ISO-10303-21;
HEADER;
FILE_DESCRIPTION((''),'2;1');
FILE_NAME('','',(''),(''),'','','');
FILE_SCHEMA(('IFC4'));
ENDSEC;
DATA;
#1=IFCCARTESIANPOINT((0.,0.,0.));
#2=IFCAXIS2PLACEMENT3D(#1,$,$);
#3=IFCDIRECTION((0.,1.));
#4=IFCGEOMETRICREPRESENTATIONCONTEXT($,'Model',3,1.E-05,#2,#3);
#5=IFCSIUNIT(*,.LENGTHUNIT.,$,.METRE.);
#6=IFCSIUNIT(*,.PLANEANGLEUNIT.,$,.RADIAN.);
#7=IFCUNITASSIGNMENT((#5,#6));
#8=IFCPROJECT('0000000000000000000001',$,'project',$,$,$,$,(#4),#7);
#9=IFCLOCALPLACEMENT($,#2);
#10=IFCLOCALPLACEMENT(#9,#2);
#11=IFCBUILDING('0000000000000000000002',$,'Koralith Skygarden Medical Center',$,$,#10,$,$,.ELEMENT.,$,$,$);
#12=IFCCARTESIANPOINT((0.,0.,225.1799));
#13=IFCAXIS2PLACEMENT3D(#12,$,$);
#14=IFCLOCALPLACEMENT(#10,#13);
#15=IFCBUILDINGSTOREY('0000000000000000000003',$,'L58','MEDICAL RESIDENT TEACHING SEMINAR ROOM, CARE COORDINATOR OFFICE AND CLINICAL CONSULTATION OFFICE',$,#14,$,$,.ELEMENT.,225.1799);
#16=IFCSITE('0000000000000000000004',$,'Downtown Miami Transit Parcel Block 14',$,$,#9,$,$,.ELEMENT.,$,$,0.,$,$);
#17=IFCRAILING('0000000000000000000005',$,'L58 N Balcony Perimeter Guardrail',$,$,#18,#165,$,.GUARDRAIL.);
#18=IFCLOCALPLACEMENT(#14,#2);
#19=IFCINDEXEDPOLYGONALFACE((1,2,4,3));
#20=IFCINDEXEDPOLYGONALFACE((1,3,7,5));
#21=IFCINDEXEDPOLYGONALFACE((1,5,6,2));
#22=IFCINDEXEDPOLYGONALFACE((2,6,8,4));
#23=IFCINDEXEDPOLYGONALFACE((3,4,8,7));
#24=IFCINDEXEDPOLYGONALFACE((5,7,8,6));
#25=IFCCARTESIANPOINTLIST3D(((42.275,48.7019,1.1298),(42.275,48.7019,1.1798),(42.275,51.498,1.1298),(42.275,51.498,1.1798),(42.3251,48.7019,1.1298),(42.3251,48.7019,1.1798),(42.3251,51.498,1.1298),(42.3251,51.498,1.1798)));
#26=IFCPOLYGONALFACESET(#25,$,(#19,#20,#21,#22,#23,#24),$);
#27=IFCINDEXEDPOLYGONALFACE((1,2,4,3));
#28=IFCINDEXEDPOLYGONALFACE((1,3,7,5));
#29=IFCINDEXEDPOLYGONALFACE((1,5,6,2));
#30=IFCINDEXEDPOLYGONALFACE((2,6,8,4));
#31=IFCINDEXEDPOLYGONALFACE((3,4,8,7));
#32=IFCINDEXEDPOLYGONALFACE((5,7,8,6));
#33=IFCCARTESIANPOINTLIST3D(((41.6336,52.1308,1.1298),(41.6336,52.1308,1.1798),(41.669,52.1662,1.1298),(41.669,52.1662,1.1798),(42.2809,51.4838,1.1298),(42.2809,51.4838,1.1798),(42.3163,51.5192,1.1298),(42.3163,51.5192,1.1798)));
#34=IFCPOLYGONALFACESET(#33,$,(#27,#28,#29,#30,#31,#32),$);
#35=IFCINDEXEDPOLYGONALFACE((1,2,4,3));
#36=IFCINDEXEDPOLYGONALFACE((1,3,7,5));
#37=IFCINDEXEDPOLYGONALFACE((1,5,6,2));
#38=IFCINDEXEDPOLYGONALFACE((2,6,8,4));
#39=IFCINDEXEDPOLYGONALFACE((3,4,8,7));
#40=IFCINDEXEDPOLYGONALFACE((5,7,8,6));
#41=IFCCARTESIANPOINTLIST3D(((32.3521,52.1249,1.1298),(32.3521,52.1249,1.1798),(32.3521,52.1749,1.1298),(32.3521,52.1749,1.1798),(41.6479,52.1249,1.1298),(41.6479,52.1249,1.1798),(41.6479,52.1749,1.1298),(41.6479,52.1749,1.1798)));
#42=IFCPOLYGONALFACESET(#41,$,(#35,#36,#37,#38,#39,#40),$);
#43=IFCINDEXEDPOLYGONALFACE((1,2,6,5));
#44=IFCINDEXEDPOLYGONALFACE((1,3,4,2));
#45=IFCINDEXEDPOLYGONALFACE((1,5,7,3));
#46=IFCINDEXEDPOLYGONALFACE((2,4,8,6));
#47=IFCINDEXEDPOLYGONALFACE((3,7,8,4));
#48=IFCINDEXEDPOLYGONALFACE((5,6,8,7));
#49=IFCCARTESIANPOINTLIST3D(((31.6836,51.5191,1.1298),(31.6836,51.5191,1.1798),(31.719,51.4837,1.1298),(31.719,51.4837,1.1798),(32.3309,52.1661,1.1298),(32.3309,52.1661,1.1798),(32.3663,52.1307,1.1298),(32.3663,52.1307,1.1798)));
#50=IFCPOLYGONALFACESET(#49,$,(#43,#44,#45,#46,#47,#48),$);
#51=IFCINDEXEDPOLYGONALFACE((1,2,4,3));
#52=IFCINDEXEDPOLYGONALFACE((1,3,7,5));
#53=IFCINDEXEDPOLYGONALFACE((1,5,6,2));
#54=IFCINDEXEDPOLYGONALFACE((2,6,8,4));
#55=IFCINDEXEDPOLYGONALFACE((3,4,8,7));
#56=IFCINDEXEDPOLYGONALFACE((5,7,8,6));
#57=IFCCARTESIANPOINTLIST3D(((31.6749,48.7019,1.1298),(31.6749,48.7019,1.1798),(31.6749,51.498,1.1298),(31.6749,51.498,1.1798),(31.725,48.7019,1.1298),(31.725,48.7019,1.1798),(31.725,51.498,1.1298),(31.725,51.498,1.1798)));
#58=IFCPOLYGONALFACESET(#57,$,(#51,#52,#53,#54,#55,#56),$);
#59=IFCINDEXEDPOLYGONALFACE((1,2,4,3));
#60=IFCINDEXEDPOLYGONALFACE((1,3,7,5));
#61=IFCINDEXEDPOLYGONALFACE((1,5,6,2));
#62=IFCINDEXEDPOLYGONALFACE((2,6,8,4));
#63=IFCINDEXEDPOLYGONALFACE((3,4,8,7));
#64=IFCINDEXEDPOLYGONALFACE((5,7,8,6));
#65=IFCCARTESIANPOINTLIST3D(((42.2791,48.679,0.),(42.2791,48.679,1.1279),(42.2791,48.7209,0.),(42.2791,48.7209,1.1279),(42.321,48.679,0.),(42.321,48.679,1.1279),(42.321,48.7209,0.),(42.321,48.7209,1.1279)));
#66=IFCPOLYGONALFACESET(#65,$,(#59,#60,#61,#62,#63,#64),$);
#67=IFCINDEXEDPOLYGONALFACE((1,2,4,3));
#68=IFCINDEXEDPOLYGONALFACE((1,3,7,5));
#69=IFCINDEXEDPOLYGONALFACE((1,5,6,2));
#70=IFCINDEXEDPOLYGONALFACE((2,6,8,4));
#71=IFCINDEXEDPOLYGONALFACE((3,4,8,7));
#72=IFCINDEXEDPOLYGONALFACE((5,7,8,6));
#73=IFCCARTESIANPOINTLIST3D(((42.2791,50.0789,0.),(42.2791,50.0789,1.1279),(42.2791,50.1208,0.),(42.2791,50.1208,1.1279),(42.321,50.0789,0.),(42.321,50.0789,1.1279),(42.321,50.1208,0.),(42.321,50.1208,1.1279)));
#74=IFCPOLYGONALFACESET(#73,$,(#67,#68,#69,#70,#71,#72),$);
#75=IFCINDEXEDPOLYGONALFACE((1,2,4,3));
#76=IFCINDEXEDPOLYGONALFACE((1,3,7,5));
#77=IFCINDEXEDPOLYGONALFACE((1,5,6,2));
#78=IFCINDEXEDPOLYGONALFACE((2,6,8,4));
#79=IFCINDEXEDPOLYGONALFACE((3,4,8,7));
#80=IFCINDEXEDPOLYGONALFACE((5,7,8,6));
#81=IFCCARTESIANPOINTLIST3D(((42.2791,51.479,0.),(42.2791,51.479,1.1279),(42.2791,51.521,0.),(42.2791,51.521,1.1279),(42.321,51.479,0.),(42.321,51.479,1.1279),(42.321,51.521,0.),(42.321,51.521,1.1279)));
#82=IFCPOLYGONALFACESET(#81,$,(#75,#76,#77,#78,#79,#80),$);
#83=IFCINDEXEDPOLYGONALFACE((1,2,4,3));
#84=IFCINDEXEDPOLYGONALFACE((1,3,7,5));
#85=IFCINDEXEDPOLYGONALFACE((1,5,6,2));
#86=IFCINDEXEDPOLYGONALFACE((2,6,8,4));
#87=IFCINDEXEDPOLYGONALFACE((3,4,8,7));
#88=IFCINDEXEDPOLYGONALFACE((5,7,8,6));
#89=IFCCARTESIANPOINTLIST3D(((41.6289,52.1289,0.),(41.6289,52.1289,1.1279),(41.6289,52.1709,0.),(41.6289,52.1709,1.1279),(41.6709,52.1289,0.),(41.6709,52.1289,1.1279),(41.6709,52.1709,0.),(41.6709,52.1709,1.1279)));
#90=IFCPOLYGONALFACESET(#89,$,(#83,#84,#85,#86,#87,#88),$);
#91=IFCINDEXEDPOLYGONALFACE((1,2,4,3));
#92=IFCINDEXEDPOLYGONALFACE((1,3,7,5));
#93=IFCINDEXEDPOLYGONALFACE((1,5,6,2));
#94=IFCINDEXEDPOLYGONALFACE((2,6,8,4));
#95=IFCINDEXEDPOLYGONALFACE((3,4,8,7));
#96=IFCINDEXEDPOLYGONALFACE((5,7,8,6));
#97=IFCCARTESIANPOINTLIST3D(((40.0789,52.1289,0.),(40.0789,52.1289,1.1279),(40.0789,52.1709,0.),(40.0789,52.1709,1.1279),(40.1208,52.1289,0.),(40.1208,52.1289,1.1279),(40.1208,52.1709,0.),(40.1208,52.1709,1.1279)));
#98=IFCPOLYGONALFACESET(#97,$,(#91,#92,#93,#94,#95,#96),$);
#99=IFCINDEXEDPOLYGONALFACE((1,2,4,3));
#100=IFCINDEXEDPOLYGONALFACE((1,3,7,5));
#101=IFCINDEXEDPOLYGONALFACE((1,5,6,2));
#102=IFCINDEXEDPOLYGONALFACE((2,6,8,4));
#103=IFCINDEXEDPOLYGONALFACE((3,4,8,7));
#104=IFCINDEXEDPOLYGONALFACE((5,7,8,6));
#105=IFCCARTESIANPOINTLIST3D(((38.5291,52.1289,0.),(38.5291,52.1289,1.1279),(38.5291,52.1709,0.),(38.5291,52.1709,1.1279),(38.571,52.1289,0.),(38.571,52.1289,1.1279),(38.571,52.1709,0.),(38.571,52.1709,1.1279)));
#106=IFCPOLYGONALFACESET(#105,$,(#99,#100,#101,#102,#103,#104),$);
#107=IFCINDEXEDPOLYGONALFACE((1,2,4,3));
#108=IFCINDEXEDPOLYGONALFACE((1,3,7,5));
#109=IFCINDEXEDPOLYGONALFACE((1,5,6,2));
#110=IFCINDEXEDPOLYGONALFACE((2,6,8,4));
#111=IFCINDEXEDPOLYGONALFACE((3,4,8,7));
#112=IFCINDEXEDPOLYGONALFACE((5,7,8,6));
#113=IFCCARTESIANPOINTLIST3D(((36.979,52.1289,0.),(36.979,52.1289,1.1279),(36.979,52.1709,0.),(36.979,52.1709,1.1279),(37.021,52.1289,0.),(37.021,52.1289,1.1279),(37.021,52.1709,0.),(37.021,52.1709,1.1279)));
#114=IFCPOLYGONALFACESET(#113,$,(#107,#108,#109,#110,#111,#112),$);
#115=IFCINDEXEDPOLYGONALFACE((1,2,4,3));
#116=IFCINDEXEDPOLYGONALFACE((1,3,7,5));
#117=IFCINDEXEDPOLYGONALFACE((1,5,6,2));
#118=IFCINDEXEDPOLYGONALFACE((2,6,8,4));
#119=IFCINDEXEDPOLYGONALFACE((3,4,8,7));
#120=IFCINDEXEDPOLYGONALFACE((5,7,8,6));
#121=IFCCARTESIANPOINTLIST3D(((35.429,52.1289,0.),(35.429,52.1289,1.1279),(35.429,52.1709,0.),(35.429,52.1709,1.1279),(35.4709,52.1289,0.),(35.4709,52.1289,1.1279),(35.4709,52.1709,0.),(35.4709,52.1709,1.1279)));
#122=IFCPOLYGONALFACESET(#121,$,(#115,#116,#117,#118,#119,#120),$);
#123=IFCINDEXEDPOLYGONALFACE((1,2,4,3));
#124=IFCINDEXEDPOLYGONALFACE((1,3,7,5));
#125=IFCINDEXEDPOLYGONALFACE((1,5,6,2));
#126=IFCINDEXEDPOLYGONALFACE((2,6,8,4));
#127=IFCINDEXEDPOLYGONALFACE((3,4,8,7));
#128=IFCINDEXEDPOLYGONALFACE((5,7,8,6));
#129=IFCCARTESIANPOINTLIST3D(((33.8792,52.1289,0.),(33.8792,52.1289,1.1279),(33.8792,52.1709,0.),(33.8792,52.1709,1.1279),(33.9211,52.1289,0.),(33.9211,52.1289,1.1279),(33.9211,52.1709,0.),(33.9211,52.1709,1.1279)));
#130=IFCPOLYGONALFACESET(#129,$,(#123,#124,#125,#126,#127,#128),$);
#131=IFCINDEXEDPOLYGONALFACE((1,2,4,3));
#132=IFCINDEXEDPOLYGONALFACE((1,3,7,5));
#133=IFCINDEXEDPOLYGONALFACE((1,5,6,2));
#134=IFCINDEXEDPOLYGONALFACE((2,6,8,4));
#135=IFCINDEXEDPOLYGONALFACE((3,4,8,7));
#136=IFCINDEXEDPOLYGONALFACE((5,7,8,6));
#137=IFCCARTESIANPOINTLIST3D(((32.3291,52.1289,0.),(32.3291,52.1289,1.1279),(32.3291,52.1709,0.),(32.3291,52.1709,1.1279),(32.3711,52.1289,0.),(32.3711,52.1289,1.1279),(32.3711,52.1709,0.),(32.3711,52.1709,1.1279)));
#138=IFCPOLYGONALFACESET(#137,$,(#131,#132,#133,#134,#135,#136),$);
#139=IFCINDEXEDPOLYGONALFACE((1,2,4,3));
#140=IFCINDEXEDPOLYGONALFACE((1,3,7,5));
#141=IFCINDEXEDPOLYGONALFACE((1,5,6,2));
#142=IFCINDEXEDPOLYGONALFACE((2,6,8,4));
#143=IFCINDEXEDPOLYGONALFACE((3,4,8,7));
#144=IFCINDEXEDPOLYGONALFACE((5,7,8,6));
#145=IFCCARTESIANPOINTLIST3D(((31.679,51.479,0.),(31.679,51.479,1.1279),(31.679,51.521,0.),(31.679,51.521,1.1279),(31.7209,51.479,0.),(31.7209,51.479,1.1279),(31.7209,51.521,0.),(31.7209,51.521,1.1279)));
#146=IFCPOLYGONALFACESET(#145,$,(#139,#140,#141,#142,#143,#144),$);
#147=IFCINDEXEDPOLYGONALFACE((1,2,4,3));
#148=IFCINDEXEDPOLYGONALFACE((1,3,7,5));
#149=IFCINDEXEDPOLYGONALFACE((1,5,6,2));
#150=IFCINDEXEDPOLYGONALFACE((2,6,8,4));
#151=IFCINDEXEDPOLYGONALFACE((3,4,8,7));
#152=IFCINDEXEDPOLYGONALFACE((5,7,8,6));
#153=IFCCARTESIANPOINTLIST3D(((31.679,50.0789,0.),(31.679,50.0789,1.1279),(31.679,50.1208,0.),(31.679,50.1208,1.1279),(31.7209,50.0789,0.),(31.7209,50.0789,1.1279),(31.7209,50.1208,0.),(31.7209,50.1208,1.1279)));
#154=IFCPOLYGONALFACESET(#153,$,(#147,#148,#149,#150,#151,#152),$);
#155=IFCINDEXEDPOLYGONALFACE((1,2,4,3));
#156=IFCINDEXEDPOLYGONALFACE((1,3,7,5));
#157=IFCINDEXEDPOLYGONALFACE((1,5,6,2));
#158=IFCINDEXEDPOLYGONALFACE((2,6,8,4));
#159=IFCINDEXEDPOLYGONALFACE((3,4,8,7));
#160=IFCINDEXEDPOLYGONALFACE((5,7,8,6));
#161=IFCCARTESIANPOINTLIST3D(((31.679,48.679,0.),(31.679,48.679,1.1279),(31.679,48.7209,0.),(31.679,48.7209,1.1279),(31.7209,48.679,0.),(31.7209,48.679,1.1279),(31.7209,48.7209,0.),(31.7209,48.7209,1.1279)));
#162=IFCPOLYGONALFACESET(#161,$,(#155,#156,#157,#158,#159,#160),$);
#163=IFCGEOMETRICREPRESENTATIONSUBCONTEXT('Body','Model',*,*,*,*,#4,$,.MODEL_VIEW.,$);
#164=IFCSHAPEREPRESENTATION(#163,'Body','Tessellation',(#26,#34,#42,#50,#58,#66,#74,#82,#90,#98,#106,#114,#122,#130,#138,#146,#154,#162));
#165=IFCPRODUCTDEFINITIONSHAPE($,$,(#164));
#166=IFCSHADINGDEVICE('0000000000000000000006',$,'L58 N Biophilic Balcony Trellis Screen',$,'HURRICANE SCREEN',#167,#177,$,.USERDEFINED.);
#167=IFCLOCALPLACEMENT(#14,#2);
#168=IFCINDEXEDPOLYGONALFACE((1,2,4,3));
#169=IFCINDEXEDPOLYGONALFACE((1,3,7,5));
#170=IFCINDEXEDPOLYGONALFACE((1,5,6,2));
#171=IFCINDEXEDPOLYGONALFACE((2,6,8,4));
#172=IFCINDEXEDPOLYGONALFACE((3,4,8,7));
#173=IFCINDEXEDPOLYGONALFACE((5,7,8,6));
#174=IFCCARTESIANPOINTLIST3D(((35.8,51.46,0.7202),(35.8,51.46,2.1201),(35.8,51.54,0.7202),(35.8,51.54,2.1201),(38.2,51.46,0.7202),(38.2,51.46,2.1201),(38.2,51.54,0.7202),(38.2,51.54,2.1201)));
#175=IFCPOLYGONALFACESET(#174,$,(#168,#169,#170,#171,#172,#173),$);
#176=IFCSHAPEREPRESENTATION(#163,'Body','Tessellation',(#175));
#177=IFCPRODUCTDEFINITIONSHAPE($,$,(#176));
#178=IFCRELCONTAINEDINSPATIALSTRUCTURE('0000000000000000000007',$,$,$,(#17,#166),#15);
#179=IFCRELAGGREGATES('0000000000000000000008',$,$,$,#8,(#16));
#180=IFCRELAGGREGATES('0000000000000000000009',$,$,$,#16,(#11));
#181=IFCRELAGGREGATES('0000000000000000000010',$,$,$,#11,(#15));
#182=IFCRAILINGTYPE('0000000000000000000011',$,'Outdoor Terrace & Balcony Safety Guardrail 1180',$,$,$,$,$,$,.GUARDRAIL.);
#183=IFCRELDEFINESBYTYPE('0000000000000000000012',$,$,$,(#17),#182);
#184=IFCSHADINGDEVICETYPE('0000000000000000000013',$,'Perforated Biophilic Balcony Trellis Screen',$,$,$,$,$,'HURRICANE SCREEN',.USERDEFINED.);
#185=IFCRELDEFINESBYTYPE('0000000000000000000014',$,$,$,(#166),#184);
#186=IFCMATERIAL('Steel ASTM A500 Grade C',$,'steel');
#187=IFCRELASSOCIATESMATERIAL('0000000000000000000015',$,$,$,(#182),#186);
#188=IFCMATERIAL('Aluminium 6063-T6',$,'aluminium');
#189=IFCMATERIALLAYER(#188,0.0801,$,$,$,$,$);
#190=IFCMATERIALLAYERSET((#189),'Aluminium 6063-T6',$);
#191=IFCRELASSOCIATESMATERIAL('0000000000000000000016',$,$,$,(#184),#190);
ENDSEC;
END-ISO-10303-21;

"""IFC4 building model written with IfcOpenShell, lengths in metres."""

from ifc_helpers import new_model, si_unit, direction, frame, origin, origin_2d, place, context, subcontext, project, spatial, rectangle, extrude, material, layer, layer_set, type_object, element, save


model = new_model("IFC4")

# Units and contexts
model_context = context("Model", 3, precision=1e-05, world=origin(), true_north=direction((0.0, 1.0)))
body_context = subcontext(model_context, "Body", "Model", "MODEL_VIEW")
ifc_project = project(units=[si_unit("LENGTHUNIT", "METRE"), si_unit("PLANEANGLEUNIT", "RADIAN")], contexts=[model_context])

# Site, building, storey
site_placement = place(None, origin())
site = spatial("IfcSite", under=ifc_project, at=site_placement, Name="Downtown Miami Transit Parcel Block 14", CompositionType="ELEMENT", RefElevation=0.0)
building_placement = place(site_placement, origin())
building = spatial("IfcBuilding", under=site, at=building_placement, Name="Koralith Skygarden Medical Center", CompositionType="ELEMENT")
storey_placement = place(building_placement, frame((0.0, 0.0, 225.1799)))
storey = spatial("IfcBuildingStorey", under=building, at=storey_placement, Name="L58", Description="MEDICAL RESIDENT TEACHING SEMINAR ROOM, CARE COORDINATOR OFFICE AND CLINICAL CONSULTATION OFFICE", CompositionType="ELEMENT", Elevation=225.1799)

# Shared definitions
ifc_material_1 = material(Name="Aluminium 6063-T6", Category="aluminium")

# Shared definitions
ifc_material_2 = material(Name="Steel ASTM A500 Grade C", Category="steel")

# Railing
railing_type = type_object("IfcRailingType", Name="Outdoor Terrace & Balcony Safety Guardrail 1180", PredefinedType="GUARDRAIL", material=ifc_material_2)
railing_placement = place(storey_placement, frame((42.3, 48.7, 0.0)))
element("IfcRailing", 1, at=railing_placement, inside=storey, type_object=railing_type, Name="L58 N Balcony Perimeter Guardrail", PredefinedType="GUARDRAIL", context=body_context, shape_type="SweptSolid", body=[
    extrude(rectangle(XDim=0.05, YDim=0.05, at=origin_2d()), frame((0.0, 0.002, 1.1548), z_axis=(0.0, 1.0, 0.0), x_axis=(-1.0, 0.0, 0.0)), (0.0, 0.0, 1.0), 2.7961),
    extrude(rectangle(XDim=0.05, YDim=0.05, at=origin_2d()), frame((-0.0015, 2.8015, 1.1548), z_axis=(-0.70724, 0.706974, 0.0), x_axis=(-0.706974, -0.70724, 0.0)), (0.0, 0.0, 1.0), 0.9153),
    extrude(rectangle(XDim=0.05, YDim=0.05, at=origin_2d()), frame((-0.6521, 3.45, 1.1548), z_axis=(-1.0, 0.0, 0.0), x_axis=(0.0, -1.0, 0.0)), (0.0, 0.0, 1.0), 9.2959),
    extrude(rectangle(XDim=0.05, YDim=0.05, at=origin_2d()), frame((-9.9514, 3.4485, 1.1548), z_axis=(-0.70724, -0.706974, 0.0), x_axis=(0.706974, -0.70724, 0.0)), (0.0, 0.0, 1.0), 0.9153),
    extrude(rectangle(XDim=0.05, YDim=0.05, at=origin_2d()), frame((-10.6001, 2.7981, 1.1548), z_axis=(0.0, -1.0, 0.0), x_axis=(1.0, 0.0, 0.0)), (0.0, 0.0, 1.0), 2.7961),
    extrude(rectangle(XDim=0.042, YDim=0.042, at=origin_2d()), origin(), (0.0, 0.0, 1.0), 1.1279),
    extrude(rectangle(XDim=0.042, YDim=0.042, at=origin_2d()), frame((0.0, 1.3999, 0.0)), (0.0, 0.0, 1.0), 1.1279),
    extrude(rectangle(XDim=0.042, YDim=0.042, at=origin_2d()), frame((0.0, 2.8, 0.0)), (0.0, 0.0, 1.0), 1.1279),
    extrude(rectangle(XDim=0.042, YDim=0.042, at=origin_2d()), frame((-0.6501, 3.45, 0.0)), (0.0, 0.0, 1.0), 1.1279),
    extrude(rectangle(XDim=0.042, YDim=0.042, at=origin_2d()), frame((-2.2002, 3.45, 0.0)), (0.0, 0.0, 1.0), 1.1279),
    extrude(rectangle(XDim=0.042, YDim=0.042, at=origin_2d()), frame((-3.75, 3.45, 0.0)), (0.0, 0.0, 1.0), 1.1279),
    extrude(rectangle(XDim=0.042, YDim=0.042, at=origin_2d()), frame((-5.3, 3.45, 0.0)), (0.0, 0.0, 1.0), 1.1279),
    extrude(rectangle(XDim=0.042, YDim=0.042, at=origin_2d()), frame((-6.8501, 3.45, 0.0)), (0.0, 0.0, 1.0), 1.1279),
    extrude(rectangle(XDim=0.042, YDim=0.042, at=origin_2d()), frame((-8.3999, 3.45, 0.0)), (0.0, 0.0, 1.0), 1.1279),
    extrude(rectangle(XDim=0.042, YDim=0.042, at=origin_2d()), frame((-9.95, 3.45, 0.0)), (0.0, 0.0, 1.0), 1.1279),
    extrude(rectangle(XDim=0.042, YDim=0.042, at=origin_2d()), frame((-10.6001, 2.8, 0.0)), (0.0, 0.0, 1.0), 1.1279),
    extrude(rectangle(XDim=0.042, YDim=0.042, at=origin_2d()), frame((-10.6001, 1.3999, 0.0)), (0.0, 0.0, 1.0), 1.1279),
    extrude(rectangle(XDim=0.042, YDim=0.042, at=origin_2d()), frame((-10.6001, 0.0, 0.0)), (0.0, 0.0, 1.0), 1.1279),
])

# Shading device
ifc_layer_1 = layer(ifc_material_1, 0.0801)
ifc_layer_set_1 = layer_set([ifc_layer_1], Name="Aluminium 6063-T6")
shading_device_type = type_object("IfcShadingDeviceType", Name="Perforated Biophilic Balcony Trellis Screen", ElementType="HURRICANE SCREEN", PredefinedType="USERDEFINED", material=ifc_layer_set_1)
shading_device_placement = place(storey_placement, frame((37.0, 51.5, 0.7202), z_axis=(0.0, 0.0, 1.0), x_axis=(1.0, 0.0, 0.0)))
element("IfcShadingDevice", 2, at=shading_device_placement, inside=storey, type_object=shading_device_type, Name="L58 N Biophilic Balcony Trellis Screen", ObjectType="HURRICANE SCREEN", PredefinedType="USERDEFINED", context=body_context, shape_type="SweptSolid", body=[
    extrude(rectangle(XDim=2.3999, YDim=0.0801, at=origin_2d()), origin(), (0.0, 0.0, 1.0), 1.3999),
])

save(model, "model.ifc")
